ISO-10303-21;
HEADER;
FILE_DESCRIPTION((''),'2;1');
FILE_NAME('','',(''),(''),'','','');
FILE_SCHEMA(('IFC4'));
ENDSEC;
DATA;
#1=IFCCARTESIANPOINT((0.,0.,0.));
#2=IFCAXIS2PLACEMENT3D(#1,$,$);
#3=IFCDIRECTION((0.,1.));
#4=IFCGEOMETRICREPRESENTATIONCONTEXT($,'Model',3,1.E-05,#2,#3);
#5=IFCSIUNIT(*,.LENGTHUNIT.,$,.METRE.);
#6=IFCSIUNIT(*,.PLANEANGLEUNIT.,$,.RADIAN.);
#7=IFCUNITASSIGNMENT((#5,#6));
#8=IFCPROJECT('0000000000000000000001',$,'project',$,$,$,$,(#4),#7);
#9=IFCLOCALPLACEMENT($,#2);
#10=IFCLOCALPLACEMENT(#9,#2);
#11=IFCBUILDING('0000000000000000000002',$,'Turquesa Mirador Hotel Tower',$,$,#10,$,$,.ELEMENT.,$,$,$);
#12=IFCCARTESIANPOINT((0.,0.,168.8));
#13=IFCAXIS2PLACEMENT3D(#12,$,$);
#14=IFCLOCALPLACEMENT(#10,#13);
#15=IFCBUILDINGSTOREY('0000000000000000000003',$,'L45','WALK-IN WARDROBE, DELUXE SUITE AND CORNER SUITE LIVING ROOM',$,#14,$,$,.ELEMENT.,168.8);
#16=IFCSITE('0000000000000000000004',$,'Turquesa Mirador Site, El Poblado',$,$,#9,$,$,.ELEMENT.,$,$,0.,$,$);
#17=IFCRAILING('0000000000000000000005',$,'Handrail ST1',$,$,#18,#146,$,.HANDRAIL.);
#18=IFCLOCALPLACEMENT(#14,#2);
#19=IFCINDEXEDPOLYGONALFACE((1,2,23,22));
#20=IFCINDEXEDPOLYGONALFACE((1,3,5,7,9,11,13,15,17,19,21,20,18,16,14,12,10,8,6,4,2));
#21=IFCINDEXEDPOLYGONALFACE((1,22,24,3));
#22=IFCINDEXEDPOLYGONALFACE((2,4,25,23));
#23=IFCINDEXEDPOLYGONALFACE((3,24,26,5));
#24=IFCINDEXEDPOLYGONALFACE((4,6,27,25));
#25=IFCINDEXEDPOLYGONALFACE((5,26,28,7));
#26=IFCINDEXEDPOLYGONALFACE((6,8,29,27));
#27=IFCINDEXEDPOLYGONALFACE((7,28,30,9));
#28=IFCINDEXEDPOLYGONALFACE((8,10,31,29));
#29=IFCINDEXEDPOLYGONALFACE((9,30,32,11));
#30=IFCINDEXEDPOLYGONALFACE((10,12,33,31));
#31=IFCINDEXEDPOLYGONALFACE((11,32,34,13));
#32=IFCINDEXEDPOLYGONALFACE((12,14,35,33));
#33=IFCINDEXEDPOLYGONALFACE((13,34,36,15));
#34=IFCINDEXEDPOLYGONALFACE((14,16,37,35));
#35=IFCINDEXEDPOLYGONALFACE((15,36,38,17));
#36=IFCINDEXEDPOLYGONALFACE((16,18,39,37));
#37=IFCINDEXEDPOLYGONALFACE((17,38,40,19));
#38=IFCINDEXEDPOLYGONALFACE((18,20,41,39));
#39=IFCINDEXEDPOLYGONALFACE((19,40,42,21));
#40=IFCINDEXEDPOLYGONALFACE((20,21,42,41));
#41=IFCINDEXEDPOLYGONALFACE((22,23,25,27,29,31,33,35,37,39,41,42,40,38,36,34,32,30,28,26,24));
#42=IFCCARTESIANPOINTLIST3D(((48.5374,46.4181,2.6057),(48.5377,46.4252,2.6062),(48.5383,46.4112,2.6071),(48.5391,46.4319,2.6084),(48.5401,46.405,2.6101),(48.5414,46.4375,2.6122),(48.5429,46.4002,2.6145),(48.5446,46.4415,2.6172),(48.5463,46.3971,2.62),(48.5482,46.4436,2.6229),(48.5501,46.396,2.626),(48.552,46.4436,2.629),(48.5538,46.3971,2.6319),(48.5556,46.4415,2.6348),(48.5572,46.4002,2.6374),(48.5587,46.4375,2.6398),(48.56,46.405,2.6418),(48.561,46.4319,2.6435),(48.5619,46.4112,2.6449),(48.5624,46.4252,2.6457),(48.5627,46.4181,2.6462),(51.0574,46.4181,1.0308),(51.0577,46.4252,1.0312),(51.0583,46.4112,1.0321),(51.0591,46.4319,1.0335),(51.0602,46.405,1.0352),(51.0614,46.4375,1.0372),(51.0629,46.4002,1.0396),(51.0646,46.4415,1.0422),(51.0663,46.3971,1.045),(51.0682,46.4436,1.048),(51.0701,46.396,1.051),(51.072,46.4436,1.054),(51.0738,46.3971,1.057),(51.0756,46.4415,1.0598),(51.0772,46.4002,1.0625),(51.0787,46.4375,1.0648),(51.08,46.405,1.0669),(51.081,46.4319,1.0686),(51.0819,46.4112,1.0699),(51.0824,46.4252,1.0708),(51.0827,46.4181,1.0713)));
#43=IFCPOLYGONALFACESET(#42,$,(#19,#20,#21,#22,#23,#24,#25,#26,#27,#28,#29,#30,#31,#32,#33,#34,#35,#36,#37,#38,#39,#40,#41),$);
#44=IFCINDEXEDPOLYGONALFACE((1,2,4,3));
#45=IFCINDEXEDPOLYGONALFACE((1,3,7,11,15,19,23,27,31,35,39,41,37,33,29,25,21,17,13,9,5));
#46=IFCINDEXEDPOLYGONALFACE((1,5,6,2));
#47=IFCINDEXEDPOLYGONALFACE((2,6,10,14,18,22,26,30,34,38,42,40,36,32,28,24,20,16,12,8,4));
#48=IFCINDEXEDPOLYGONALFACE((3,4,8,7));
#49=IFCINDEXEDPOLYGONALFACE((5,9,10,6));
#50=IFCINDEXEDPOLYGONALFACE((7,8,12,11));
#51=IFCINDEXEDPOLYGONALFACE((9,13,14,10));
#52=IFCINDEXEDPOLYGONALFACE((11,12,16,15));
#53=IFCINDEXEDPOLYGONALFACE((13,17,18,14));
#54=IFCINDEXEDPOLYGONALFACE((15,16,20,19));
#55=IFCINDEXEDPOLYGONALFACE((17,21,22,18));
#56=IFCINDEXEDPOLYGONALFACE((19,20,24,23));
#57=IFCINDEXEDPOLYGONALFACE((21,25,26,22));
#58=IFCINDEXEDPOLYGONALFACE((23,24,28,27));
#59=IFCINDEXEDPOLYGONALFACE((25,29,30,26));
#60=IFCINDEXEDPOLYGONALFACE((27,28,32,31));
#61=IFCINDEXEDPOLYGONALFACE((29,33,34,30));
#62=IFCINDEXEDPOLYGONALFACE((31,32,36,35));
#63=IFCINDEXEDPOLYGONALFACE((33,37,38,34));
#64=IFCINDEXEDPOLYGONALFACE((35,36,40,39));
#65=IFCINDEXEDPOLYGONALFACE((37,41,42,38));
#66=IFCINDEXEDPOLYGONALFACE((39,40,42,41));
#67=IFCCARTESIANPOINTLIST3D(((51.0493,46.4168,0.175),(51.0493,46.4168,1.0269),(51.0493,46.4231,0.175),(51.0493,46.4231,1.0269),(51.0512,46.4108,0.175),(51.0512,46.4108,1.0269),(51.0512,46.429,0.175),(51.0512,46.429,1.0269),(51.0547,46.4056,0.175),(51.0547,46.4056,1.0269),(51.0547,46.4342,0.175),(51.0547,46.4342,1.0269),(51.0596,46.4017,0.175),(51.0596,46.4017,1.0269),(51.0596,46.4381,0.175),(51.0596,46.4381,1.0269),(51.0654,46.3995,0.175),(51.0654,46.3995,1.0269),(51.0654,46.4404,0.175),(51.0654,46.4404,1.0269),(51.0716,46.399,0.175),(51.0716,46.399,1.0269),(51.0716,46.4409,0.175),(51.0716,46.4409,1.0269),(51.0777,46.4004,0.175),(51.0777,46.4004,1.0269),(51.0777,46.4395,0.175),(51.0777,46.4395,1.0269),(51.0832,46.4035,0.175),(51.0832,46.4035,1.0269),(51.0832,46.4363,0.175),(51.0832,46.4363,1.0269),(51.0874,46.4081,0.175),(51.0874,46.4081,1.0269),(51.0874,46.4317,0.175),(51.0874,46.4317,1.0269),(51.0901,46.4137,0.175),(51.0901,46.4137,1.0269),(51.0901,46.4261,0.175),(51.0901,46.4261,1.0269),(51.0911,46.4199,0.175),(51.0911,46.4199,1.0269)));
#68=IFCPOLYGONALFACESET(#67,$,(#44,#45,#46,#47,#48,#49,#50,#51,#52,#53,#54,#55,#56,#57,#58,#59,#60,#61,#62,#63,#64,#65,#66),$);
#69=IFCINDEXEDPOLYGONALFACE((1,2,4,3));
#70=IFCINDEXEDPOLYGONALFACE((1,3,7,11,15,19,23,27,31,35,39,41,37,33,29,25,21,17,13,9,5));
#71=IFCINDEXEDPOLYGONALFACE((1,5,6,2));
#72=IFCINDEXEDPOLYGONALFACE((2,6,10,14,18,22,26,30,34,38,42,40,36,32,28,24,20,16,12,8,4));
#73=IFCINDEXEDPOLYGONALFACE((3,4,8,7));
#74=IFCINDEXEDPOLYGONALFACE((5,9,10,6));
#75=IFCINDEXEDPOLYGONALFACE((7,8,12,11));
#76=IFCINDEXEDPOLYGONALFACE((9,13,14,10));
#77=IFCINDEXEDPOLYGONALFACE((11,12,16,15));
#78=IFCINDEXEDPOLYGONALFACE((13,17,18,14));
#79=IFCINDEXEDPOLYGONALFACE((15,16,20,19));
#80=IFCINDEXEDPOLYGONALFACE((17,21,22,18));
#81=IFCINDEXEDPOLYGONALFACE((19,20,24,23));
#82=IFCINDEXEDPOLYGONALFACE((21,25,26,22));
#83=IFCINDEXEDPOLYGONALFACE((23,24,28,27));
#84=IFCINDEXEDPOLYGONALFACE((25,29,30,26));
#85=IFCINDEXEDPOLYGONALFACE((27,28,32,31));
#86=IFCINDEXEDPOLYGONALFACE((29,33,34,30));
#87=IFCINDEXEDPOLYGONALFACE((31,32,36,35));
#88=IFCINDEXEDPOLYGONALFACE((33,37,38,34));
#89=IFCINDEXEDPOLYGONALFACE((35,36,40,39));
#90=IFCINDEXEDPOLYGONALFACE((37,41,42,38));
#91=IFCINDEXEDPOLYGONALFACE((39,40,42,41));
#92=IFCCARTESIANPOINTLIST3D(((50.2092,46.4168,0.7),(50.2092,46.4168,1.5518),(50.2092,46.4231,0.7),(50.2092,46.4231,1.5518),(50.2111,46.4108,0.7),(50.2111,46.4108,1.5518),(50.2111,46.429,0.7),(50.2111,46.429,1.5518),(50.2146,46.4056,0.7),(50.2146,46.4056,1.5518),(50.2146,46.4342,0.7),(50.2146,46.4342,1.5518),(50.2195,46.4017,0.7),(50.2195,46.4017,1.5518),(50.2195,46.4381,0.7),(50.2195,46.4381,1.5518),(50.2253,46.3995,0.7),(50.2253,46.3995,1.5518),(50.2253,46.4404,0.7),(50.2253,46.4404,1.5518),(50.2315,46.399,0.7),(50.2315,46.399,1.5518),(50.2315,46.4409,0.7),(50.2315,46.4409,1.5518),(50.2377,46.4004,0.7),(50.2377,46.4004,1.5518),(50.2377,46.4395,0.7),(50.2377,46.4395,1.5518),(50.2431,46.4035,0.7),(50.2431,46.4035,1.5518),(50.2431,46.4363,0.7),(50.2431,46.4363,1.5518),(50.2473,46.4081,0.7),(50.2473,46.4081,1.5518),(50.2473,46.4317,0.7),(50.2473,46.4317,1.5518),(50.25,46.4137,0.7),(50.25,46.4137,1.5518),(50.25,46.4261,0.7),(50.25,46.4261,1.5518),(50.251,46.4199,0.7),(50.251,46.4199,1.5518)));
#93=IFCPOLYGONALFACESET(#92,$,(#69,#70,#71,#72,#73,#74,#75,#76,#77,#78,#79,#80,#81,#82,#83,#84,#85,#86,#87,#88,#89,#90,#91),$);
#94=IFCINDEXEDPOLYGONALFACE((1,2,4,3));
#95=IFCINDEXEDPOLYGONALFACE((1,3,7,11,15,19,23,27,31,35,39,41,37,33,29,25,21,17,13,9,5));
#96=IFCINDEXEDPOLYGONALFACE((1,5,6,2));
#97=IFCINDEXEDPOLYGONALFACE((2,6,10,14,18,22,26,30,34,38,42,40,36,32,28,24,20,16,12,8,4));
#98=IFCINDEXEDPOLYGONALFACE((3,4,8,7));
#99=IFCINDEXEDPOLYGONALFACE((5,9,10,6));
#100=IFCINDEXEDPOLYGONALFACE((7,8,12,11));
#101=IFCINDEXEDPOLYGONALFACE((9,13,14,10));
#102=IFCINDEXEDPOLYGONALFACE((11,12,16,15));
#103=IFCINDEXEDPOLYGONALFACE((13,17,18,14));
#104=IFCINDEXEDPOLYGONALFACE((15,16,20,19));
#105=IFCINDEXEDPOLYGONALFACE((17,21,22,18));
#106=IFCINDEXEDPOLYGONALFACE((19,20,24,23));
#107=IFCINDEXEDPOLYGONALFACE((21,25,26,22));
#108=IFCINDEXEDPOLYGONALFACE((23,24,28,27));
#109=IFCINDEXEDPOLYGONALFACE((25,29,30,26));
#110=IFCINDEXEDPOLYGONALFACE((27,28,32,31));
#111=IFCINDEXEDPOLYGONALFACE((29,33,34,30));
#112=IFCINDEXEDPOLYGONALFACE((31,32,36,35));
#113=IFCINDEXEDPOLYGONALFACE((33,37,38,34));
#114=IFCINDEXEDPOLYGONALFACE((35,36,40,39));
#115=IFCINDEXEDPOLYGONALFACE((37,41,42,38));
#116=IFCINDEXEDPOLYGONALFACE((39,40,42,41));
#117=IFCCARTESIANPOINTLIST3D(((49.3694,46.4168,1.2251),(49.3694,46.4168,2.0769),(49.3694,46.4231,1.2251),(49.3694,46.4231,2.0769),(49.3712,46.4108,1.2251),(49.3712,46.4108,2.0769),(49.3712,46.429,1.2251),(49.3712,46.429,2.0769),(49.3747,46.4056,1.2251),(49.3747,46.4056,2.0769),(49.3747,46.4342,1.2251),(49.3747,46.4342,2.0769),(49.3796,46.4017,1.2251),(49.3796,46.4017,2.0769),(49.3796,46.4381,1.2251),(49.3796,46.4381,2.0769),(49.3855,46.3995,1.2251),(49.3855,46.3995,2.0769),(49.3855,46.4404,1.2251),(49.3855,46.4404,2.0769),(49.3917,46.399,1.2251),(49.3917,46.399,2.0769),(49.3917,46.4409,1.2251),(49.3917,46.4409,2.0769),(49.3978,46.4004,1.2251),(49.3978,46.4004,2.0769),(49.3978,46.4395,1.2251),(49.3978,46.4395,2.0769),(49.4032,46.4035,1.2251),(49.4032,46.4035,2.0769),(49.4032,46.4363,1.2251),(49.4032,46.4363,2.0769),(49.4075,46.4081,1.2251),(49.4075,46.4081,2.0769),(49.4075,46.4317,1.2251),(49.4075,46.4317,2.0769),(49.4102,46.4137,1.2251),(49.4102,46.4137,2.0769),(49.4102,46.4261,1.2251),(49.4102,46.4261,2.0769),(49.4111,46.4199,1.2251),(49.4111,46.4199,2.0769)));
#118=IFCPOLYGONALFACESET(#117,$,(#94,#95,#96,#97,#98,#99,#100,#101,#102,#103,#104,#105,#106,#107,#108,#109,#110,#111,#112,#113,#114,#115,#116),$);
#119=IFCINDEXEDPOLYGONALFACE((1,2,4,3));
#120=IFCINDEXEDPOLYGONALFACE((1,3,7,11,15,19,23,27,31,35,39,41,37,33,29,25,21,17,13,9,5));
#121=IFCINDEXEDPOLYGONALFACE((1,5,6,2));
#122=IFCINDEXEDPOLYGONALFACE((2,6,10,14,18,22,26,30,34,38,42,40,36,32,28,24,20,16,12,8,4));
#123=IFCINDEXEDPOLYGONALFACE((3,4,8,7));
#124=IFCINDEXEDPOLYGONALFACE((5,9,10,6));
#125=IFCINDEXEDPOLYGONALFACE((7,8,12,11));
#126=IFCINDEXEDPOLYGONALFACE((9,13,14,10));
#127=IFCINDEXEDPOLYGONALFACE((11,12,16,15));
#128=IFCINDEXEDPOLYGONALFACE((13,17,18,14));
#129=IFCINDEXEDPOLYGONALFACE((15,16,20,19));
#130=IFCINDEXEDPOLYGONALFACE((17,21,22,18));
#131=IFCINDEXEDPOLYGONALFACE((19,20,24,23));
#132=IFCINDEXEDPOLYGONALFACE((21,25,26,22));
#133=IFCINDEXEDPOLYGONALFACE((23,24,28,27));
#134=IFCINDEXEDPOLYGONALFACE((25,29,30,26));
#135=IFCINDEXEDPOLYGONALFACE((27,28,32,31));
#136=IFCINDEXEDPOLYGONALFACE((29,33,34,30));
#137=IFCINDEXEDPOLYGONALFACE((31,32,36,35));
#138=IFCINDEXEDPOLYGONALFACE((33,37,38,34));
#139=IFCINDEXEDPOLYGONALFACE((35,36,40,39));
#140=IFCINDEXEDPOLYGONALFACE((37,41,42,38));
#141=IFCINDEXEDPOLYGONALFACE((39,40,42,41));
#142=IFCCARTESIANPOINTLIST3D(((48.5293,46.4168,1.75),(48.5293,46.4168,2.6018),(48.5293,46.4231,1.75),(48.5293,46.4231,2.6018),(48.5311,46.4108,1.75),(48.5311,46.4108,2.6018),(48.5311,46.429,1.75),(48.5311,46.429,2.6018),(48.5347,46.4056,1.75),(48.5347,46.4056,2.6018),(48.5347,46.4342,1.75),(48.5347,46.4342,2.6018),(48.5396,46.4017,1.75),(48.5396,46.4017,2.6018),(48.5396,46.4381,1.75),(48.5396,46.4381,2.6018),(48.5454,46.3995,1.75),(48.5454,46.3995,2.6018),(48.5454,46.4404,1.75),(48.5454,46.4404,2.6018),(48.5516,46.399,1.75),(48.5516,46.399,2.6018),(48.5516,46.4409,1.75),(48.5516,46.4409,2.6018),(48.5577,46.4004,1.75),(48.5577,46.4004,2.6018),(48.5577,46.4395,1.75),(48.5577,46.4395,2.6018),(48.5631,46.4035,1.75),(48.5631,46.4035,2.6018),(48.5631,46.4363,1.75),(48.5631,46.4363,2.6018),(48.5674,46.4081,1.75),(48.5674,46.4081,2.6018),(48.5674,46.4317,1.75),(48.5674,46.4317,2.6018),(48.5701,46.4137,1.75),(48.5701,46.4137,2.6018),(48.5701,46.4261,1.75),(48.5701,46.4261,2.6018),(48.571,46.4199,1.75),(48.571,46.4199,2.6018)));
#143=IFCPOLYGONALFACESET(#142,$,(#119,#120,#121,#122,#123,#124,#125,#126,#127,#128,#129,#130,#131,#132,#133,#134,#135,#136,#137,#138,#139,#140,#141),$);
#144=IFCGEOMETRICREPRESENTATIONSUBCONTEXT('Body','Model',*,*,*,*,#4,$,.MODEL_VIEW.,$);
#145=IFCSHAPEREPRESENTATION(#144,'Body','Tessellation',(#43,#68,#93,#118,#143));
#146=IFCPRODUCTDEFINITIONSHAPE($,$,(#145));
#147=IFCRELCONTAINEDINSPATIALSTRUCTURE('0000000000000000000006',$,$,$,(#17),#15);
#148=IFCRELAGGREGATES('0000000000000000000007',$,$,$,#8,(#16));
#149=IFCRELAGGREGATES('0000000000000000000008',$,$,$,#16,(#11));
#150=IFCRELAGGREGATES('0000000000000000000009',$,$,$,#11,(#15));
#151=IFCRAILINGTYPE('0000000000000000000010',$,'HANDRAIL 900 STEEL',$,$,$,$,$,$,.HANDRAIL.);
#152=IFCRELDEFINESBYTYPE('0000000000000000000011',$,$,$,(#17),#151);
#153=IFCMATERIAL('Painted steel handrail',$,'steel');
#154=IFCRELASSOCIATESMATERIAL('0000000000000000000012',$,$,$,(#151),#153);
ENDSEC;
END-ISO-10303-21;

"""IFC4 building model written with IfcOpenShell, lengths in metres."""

from ifc_helpers import new_model, si_unit, direction, frame, origin, origin_2d, place, context, subcontext, project, spatial, circle, extrude, material, type_object, element, save


model = new_model("IFC4")

# Units and contexts
model_context = context("Model", 3, precision=1e-05, world=origin(), true_north=direction((0.0, 1.0)))
body_context = subcontext(model_context, "Body", "Model", "MODEL_VIEW")
ifc_project = project(units=[si_unit("LENGTHUNIT", "METRE"), si_unit("PLANEANGLEUNIT", "RADIAN")], contexts=[model_context])

# Site, building, storey
site_placement = place(None, origin())
site = spatial("IfcSite", under=ifc_project, at=site_placement, Name="Turquesa Mirador Site, El Poblado", CompositionType="ELEMENT", RefElevation=0.0)
building_placement = place(site_placement, origin())
building = spatial("IfcBuilding", under=site, at=building_placement, Name="Turquesa Mirador Hotel Tower", CompositionType="ELEMENT")
storey_placement = place(building_placement, frame((0.0, 0.0, 168.8)))
storey = spatial("IfcBuildingStorey", under=building, at=storey_placement, Name="L45", Description="WALK-IN WARDROBE, DELUXE SUITE AND CORNER SUITE LIVING ROOM", CompositionType="ELEMENT", Elevation=168.8)

# Railing
ifc_material_1 = material(Name="Painted steel handrail", Category="steel")
railing_type = type_object("IfcRailingType", Name="HANDRAIL 900 STEEL", PredefinedType="HANDRAIL", material=ifc_material_1)
railing_1_placement = place(storey_placement, frame((51.0701, 46.4199, 0.175)))
element("IfcRailing", 1, at=railing_1_placement, inside=storey, type_object=railing_type, Name="Handrail ST1", PredefinedType="HANDRAIL", context=body_context, shape_type="SweptSolid", body=[
    extrude(circle(Radius=0.0239, at=origin_2d()), frame((0.0, 0.0, 0.876), z_axis=(-0.848008, 0.0, 0.529984), x_axis=(0.0, -1.0, 0.0)), (0.0, 0.0, 1.0), 2.9717),
    extrude(circle(Radius=0.021, at=origin_2d()), origin(), (0.0, 0.0, 1.0), 0.8518),
    extrude(circle(Radius=0.021, at=origin_2d()), frame((-0.8401, 0.0, 0.5249)), (0.0, 0.0, 1.0), 0.8518),
    extrude(circle(Radius=0.021, at=origin_2d()), frame((-1.6799, 0.0, 1.05)), (0.0, 0.0, 1.0), 0.8518),
    extrude(circle(Radius=0.021, at=origin_2d()), frame((-2.52, 0.0, 1.575)), (0.0, 0.0, 1.0), 0.8518),
])

save(model, "model.ifc")
